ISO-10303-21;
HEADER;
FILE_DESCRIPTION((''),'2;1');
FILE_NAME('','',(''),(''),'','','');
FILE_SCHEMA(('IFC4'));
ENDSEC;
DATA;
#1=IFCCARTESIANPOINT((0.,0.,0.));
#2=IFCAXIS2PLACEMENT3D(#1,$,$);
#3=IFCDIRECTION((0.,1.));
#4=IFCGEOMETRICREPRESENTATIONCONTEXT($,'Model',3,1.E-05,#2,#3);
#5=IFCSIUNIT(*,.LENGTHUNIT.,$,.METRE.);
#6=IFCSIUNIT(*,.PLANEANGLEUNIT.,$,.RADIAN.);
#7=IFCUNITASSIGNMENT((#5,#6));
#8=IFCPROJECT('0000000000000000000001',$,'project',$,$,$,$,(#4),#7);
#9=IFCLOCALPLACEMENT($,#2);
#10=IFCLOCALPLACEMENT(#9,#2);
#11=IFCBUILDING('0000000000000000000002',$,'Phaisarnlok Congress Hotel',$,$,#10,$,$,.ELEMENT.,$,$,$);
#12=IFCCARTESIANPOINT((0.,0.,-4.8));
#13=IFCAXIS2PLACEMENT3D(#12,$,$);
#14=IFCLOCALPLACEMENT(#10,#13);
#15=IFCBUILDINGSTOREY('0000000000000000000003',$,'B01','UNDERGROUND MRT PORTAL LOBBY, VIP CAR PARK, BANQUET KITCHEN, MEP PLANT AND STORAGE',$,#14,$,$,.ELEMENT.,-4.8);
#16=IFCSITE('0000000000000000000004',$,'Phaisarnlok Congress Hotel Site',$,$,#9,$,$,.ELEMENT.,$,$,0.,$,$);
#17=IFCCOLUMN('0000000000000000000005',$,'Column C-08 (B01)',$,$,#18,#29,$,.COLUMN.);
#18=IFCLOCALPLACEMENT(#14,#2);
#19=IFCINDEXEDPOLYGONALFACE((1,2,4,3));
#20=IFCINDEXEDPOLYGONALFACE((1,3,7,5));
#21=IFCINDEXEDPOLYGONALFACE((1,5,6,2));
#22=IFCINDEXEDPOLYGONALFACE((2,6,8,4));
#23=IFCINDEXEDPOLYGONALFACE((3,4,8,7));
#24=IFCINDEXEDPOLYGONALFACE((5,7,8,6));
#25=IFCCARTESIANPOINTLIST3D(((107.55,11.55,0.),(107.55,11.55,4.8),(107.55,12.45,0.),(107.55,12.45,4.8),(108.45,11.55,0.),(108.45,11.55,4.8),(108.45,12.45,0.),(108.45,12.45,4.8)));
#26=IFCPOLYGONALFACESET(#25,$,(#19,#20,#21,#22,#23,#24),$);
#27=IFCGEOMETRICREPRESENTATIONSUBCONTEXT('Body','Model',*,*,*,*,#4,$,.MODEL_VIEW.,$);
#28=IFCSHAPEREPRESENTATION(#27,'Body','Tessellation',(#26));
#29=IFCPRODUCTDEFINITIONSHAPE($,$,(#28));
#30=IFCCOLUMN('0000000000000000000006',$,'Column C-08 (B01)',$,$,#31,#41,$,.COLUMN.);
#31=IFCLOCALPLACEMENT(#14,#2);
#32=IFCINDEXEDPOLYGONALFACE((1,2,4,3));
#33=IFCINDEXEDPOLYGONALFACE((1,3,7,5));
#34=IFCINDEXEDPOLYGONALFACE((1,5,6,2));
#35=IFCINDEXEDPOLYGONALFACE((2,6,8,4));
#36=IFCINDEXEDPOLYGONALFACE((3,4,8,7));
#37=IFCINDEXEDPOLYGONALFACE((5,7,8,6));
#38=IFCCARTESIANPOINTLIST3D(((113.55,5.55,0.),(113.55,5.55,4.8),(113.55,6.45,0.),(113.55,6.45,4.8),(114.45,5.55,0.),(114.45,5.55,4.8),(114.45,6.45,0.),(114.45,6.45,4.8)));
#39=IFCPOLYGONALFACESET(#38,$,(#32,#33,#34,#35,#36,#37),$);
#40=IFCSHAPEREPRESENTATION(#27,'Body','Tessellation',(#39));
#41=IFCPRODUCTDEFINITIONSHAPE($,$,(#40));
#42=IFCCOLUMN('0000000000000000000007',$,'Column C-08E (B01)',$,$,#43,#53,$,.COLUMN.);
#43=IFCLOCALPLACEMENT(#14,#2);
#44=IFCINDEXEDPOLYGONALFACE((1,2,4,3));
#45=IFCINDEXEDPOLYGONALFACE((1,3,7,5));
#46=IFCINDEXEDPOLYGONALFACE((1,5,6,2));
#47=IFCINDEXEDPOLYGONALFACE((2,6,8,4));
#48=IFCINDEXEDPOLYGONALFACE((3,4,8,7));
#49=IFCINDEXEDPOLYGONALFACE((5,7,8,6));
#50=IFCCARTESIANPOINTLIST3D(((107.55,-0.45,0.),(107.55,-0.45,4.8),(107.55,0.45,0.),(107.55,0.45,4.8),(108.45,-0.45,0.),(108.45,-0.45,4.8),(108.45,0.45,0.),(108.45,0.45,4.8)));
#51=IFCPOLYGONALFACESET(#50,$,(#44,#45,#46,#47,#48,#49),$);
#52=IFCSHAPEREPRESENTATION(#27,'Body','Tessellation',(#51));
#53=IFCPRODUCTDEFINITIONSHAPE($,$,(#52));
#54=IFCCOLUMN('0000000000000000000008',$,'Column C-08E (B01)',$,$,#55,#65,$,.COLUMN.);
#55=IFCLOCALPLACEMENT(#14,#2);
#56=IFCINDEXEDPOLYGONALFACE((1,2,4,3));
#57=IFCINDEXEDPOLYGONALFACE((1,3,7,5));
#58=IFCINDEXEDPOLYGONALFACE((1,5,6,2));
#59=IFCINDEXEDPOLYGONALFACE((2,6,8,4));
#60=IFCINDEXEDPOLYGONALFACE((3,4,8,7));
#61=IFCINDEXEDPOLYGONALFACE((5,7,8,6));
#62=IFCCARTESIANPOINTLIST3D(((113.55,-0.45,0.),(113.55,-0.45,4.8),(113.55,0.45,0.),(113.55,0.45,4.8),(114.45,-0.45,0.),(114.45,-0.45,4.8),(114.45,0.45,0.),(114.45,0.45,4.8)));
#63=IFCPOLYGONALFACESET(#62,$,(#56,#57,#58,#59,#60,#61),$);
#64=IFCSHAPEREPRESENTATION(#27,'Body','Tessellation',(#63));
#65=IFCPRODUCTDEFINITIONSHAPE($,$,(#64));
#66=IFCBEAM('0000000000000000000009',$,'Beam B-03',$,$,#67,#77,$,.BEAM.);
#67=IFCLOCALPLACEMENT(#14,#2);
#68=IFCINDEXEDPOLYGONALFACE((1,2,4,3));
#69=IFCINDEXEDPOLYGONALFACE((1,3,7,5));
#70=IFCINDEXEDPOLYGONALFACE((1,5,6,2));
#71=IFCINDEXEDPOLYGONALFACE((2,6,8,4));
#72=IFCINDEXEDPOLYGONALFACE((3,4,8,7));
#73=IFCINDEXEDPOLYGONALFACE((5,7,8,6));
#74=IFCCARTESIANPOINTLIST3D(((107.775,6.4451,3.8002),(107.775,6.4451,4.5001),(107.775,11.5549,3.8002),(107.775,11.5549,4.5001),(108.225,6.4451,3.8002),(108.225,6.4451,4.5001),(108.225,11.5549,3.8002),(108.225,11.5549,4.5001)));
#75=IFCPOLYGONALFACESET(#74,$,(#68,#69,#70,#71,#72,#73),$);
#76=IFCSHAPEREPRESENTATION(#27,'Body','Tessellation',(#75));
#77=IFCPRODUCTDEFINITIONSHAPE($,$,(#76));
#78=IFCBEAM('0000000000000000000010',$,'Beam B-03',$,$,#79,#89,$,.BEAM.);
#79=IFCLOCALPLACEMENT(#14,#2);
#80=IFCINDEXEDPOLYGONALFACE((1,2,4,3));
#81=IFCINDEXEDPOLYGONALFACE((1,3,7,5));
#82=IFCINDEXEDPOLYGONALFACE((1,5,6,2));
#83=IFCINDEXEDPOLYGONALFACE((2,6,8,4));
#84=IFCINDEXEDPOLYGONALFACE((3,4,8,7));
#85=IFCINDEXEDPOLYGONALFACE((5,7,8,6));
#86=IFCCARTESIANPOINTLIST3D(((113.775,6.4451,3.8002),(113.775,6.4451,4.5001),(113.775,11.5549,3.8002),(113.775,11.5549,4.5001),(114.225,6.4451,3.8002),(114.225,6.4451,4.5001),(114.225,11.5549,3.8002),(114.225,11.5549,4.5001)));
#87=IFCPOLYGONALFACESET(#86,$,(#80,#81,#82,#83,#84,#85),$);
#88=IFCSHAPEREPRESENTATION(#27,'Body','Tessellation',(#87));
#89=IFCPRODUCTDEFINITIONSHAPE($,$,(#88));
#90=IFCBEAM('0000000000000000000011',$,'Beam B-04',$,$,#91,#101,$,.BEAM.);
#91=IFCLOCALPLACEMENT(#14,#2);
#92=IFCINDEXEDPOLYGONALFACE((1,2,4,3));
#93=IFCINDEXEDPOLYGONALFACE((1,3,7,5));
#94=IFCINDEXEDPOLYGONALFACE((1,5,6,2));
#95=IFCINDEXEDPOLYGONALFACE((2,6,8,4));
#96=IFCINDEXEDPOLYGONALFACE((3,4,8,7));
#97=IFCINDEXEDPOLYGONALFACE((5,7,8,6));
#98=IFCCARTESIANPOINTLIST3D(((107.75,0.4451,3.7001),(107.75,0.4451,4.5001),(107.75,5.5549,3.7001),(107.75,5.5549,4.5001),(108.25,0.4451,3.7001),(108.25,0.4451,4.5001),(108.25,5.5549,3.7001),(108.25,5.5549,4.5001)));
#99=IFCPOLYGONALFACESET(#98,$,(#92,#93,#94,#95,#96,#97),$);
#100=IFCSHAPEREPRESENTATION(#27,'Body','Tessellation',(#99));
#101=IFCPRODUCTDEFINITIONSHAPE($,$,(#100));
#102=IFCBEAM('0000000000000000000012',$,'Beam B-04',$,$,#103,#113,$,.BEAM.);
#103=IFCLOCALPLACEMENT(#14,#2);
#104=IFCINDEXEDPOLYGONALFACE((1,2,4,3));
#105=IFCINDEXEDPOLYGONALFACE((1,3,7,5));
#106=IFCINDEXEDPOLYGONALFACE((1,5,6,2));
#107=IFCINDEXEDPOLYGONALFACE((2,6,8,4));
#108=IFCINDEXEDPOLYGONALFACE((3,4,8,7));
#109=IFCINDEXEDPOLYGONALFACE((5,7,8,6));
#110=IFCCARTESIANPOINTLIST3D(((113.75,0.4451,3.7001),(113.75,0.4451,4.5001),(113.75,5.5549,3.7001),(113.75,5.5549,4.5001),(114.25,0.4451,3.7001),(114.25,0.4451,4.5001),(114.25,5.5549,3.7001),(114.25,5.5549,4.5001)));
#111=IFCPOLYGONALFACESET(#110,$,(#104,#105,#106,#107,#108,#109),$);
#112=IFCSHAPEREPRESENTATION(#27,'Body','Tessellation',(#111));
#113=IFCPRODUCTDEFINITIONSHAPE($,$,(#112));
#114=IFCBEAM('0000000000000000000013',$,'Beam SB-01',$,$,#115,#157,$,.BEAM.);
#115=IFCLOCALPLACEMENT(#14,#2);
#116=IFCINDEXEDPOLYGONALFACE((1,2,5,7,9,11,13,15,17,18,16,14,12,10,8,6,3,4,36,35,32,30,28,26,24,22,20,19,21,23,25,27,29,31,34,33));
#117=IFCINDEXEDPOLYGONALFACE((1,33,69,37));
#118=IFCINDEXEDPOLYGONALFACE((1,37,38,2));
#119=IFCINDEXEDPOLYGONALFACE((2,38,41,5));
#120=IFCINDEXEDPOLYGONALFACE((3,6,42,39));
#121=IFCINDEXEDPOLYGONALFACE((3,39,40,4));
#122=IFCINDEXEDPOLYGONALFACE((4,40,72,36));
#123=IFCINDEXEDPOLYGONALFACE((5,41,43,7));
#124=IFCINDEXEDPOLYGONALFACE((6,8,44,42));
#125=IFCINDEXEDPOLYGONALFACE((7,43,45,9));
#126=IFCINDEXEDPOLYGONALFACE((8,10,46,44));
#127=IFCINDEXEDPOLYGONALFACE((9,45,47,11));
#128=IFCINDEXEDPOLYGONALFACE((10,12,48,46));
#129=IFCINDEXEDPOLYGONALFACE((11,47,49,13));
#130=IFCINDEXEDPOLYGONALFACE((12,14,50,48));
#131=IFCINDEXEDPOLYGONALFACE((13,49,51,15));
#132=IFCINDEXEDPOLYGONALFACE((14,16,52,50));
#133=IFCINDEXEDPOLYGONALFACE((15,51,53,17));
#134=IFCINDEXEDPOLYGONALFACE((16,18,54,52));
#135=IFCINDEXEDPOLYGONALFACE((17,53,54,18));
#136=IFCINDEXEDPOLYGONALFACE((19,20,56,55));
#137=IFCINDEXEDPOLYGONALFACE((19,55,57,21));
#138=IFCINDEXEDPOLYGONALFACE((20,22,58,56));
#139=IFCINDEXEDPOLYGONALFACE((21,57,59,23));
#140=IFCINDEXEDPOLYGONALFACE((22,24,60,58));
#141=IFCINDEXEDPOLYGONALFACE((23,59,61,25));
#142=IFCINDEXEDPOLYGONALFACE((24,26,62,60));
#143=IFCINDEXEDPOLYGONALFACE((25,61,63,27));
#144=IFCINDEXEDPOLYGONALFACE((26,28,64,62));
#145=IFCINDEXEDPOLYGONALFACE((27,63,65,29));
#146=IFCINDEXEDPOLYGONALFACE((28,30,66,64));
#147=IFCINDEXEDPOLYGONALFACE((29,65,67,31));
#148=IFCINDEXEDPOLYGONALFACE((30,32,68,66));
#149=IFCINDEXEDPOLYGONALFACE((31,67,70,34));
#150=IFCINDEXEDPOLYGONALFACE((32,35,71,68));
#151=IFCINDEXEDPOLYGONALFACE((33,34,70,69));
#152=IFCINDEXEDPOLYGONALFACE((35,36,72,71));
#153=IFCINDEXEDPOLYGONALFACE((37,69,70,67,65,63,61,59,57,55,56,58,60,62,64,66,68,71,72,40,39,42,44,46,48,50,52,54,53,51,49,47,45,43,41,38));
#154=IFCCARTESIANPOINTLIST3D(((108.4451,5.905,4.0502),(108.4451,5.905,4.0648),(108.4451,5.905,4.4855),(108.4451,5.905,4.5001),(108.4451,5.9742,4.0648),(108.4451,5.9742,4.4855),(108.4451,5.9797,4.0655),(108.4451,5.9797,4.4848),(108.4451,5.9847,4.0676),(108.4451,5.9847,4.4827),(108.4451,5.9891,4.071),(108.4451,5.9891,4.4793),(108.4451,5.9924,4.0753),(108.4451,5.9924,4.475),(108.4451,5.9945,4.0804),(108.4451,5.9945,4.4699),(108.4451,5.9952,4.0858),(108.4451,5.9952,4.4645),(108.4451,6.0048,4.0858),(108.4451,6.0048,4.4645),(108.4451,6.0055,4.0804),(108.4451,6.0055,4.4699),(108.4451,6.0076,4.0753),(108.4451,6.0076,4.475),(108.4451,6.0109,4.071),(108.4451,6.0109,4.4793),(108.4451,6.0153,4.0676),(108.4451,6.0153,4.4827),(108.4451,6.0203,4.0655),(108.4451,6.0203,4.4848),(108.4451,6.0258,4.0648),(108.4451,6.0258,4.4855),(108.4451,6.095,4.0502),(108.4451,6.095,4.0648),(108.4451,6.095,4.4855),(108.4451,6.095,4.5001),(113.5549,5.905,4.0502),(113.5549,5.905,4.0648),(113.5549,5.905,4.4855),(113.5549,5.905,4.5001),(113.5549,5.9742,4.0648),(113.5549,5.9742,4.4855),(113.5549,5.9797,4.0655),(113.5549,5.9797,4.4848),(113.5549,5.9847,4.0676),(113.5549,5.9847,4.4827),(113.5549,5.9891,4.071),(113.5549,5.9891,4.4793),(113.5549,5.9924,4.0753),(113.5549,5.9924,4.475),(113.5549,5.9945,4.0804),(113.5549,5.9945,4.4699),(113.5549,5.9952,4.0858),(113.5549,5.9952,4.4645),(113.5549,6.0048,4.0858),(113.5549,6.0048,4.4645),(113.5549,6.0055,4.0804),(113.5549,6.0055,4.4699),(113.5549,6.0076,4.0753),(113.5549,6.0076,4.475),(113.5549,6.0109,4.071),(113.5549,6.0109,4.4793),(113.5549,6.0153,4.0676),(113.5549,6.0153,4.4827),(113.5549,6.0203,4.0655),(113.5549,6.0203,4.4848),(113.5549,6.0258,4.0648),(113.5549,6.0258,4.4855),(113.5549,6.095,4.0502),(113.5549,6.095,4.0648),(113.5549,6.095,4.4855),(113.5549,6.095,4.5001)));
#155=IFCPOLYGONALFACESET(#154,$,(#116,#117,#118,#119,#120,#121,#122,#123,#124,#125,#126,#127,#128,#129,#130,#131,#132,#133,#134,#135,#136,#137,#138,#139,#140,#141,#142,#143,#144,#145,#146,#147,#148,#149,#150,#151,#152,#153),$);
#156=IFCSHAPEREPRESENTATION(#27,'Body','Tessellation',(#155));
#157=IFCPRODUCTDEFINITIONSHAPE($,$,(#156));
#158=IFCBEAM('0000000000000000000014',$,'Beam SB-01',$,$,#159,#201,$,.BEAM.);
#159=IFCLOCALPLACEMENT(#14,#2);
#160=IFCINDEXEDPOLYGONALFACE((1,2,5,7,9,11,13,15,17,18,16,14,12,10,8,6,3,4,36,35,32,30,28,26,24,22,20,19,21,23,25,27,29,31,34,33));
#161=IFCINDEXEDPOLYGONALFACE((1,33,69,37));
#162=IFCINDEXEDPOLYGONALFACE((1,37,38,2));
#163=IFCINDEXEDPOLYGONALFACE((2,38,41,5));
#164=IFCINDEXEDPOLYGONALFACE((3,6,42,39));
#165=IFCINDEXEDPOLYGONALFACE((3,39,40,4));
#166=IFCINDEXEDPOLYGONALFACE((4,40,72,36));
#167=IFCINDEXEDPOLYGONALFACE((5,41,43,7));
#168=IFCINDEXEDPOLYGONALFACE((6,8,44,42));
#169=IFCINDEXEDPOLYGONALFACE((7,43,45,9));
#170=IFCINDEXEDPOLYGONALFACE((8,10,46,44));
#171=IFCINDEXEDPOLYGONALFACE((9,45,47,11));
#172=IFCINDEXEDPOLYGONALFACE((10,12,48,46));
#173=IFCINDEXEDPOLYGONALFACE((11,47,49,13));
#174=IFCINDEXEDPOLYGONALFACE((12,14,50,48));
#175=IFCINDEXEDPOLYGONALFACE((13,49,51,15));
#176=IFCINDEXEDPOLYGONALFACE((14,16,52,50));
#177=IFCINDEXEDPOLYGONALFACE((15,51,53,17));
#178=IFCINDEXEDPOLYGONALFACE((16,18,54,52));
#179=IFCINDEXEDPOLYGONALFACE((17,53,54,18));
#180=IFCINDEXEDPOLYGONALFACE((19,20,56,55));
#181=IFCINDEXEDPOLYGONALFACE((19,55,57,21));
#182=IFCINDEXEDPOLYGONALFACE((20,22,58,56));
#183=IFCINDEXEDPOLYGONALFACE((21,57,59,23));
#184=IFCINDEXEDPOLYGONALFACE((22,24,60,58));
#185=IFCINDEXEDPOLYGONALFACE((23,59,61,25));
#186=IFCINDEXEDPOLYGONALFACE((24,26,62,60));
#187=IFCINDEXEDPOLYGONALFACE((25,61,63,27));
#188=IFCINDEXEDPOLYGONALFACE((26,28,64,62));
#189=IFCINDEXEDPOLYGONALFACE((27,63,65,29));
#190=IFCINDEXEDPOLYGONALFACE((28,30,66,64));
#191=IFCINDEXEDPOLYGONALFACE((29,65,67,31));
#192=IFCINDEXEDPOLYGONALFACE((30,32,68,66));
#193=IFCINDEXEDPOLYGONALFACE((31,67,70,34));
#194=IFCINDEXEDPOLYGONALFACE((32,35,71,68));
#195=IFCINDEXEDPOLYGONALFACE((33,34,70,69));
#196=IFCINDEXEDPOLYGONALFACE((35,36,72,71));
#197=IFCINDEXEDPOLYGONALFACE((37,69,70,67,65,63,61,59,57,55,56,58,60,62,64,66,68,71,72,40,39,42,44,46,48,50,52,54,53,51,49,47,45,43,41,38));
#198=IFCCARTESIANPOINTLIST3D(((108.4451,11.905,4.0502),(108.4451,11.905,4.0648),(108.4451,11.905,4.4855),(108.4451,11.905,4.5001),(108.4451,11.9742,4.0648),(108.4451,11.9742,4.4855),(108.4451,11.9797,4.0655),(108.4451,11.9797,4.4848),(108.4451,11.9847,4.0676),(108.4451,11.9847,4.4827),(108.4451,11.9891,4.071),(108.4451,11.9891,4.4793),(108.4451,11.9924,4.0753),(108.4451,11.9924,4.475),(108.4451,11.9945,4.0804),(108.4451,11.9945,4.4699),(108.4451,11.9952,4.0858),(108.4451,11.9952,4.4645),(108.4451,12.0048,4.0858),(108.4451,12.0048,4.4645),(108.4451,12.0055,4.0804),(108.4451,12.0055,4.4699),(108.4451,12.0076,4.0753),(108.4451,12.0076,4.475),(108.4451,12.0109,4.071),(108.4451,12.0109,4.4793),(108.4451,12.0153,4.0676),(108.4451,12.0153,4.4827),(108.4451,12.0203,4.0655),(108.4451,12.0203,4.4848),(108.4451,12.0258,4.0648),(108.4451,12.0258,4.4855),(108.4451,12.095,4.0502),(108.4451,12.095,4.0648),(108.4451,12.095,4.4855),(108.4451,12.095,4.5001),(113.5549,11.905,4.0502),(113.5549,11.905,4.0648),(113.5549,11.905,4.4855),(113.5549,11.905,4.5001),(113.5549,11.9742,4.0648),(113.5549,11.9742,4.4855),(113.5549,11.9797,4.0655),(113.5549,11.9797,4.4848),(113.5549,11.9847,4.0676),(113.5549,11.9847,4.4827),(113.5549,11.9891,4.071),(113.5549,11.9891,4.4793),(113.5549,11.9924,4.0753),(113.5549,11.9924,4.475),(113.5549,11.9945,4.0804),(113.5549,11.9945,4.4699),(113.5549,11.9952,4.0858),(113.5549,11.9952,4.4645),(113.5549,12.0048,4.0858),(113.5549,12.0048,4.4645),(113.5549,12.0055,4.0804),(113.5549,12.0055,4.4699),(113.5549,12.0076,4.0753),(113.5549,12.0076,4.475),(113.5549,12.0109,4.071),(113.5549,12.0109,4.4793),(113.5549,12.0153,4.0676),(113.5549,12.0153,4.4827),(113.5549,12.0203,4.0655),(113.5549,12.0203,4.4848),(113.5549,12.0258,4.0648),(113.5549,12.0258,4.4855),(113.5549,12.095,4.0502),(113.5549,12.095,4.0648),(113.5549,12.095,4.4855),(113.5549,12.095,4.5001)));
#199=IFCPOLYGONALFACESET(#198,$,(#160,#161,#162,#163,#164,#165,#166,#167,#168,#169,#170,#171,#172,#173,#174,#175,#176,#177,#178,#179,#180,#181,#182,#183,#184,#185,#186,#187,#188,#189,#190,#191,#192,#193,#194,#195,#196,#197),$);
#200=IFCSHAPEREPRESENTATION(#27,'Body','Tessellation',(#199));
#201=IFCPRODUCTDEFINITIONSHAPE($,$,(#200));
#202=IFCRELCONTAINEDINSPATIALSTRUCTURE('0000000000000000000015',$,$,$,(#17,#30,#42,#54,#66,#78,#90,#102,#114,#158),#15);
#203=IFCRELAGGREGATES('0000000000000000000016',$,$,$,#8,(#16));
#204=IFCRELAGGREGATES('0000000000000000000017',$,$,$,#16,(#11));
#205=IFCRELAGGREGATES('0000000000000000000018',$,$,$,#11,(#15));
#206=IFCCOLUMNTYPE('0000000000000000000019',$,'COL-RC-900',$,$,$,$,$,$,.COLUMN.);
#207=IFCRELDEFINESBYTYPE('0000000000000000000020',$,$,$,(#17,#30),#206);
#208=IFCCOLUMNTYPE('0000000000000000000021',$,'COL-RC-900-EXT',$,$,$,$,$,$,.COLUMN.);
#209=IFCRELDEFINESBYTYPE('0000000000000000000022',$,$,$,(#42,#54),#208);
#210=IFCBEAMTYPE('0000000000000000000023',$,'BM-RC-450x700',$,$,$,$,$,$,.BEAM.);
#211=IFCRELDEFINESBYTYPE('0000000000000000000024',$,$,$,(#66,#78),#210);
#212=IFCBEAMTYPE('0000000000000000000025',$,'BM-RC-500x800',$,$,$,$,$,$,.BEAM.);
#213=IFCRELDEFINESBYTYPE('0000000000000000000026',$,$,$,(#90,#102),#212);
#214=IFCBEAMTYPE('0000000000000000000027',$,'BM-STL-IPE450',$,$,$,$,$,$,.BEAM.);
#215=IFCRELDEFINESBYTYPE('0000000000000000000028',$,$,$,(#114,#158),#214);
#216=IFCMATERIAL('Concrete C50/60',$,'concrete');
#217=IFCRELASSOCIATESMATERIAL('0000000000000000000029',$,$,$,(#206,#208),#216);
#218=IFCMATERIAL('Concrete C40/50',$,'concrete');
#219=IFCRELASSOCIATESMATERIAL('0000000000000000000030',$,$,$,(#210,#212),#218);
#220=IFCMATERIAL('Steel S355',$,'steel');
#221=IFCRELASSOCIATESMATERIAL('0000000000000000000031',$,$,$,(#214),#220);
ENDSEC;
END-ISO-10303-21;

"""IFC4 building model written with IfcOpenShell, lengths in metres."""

from ifc_helpers import new_model, si_unit, direction, frame, origin, origin_2d, place, context, subcontext, project, spatial, rectangle, i_section, extrude, material, material_profile, profile_set, type_object, element, save


model = new_model("IFC4")

# Units and contexts
model_context = context("Model", 3, precision=1e-05, world=origin(), true_north=direction((0.0, 1.0)))
body_context = subcontext(model_context, "Body", "Model", "MODEL_VIEW")
ifc_project = project(units=[si_unit("LENGTHUNIT", "METRE"), si_unit("PLANEANGLEUNIT", "RADIAN")], contexts=[model_context])

# Site, building, storey
site_placement = place(None, origin())
site = spatial("IfcSite", under=ifc_project, at=site_placement, Name="Phaisarnlok Congress Hotel Site", CompositionType="ELEMENT", RefElevation=0.0)
building_placement = place(site_placement, origin())
building = spatial("IfcBuilding", under=site, at=building_placement, Name="Phaisarnlok Congress Hotel", CompositionType="ELEMENT")
storey_placement = place(building_placement, frame((0.0, 0.0, -4.8)))
storey = spatial("IfcBuildingStorey", under=building, at=storey_placement, Name="B01", Description="UNDERGROUND MRT PORTAL LOBBY, VIP CAR PARK, BANQUET KITCHEN, MEP PLANT AND STORAGE", CompositionType="ELEMENT", Elevation=-4.8)

# Shared definitions
ifc_material_1 = material(Name="Concrete C40/50", Category="concrete")

# Columns
ifc_material_2 = material(Name="Concrete C50/60", Category="concrete")
ifc_material_profile_1 = material_profile(ifc_material_2, rectangle(XDim=0.8999, YDim=0.8999, at=origin_2d()), Name="RC 900x900")
ifc_profile_set_1 = profile_set([ifc_material_profile_1], Name="Concrete C50/60")
column_type_1 = type_object("IfcColumnType", Name="COL-RC-900", PredefinedType="COLUMN", material=ifc_profile_set_1)
for number, where, z_axis, x_axis, name in (
    (1, (108.0, 12.0, 0.0), (0.0, 0.0, 1.0), (1.0, 0.0, 0.0), "Column C-08 (B01)"),
    (2, (114.0, 6.0, 0.0), (0.0, 0.0, 1.0), (1.0, 0.0, 0.0), "Column C-08 (B01)"),
):
    element("IfcColumn", number, at=place(storey_placement, frame(where, z_axis=z_axis, x_axis=x_axis)), inside=storey, type_object=column_type_1, Name=name, PredefinedType="COLUMN", context=body_context, shape_type="SweptSolid", body=[
        extrude(rectangle(XDim=0.8999, YDim=0.8999, at=origin_2d()), origin(), (0.0, 0.0, 1.0), 4.8),
    ])
ifc_material_profile_2 = material_profile(ifc_material_2, rectangle(XDim=0.8999, YDim=0.8999, at=origin_2d()), Name="RC 900x900")
ifc_profile_set_2 = profile_set([ifc_material_profile_2], Name="Concrete C50/60")
column_type_2 = type_object("IfcColumnType", Name="COL-RC-900-EXT", PredefinedType="COLUMN", material=ifc_profile_set_2)
for number, where, z_axis, x_axis, name in (
    (3, (108.0, 0.0, 0.0), (0.0, 0.0, 1.0), (1.0, 0.0, 0.0), "Column C-08E (B01)"),
    (4, (114.0, 0.0, 0.0), (0.0, 0.0, 1.0), (1.0, 0.0, 0.0), "Column C-08E (B01)"),
):
    element("IfcColumn", number, at=place(storey_placement, frame(where, z_axis=z_axis, x_axis=x_axis)), inside=storey, type_object=column_type_2, Name=name, PredefinedType="COLUMN", context=body_context, shape_type="SweptSolid", body=[
        extrude(rectangle(XDim=0.8999, YDim=0.8999, at=origin_2d()), origin(), (0.0, 0.0, 1.0), 4.8),
    ])

# Beams
ifc_material_profile_3 = material_profile(ifc_material_1, rectangle(XDim=0.45, YDim=0.7, at=origin_2d()), Name="RC 450x700")
ifc_profile_set_3 = profile_set([ifc_material_profile_3], Name="Concrete C40/50")
beam_type_1 = type_object("IfcBeamType", Name="BM-RC-450x700", PredefinedType="BEAM", material=ifc_profile_set_3)
for number, where, z_axis, x_axis, name in (
    (5, (108.0, 6.4451, 4.1501), (0.0, 1.0, 0.0), (-1.0, 0.0, 0.0), "Beam B-03"),
    (6, (114.0, 6.4451, 4.1501), (0.0, 1.0, 0.0), (-1.0, 0.0, 0.0), "Beam B-03"),
):
    element("IfcBeam", number, at=place(storey_placement, frame(where, z_axis=z_axis, x_axis=x_axis)), inside=storey, type_object=beam_type_1, Name=name, PredefinedType="BEAM", context=body_context, shape_type="SweptSolid", body=[
        extrude(rectangle(XDim=0.45, YDim=0.7, at=origin_2d()), origin(), (0.0, 0.0, 1.0), 5.1099),
    ])
ifc_material_profile_4 = material_profile(ifc_material_1, rectangle(XDim=0.5, YDim=0.8, at=origin_2d()), Name="RC 500x800")
ifc_profile_set_4 = profile_set([ifc_material_profile_4], Name="Concrete C40/50")
beam_type_2 = type_object("IfcBeamType", Name="BM-RC-500x800", PredefinedType="BEAM", material=ifc_profile_set_4)
for number, where, z_axis, x_axis, name in (
    (7, (108.0, 0.4451, 4.1001), (0.0, 1.0, 0.0), (-1.0, 0.0, 0.0), "Beam B-04"),
    (8, (114.0, 0.4451, 4.1001), (0.0, 1.0, 0.0), (-1.0, 0.0, 0.0), "Beam B-04"),
):
    element("IfcBeam", number, at=place(storey_placement, frame(where, z_axis=z_axis, x_axis=x_axis)), inside=storey, type_object=beam_type_2, Name=name, PredefinedType="BEAM", context=body_context, shape_type="SweptSolid", body=[
        extrude(rectangle(XDim=0.5, YDim=0.8, at=origin_2d()), origin(), (0.0, 0.0, 1.0), 5.1099),
    ])
ifc_material_3 = material(Name="Steel S355", Category="steel")
ifc_material_profile_5 = material_profile(ifc_material_3, i_section(OverallWidth=0.1899, OverallDepth=0.45, WebThickness=0.0095, FlangeThickness=0.0146, FilletRadius=0.021, at=origin_2d()), Name="IPE 450")
ifc_profile_set_5 = profile_set([ifc_material_profile_5], Name="Steel S355")
beam_type_3 = type_object("IfcBeamType", Name="BM-STL-IPE450", PredefinedType="BEAM", material=ifc_profile_set_5)
for number, where, z_axis, x_axis, name in (
    (9, (108.4451, 6.0, 4.2751), (1.0, 0.0, 0.0), (0.0, 1.0, 0.0), "Beam SB-01"),
    (10, (108.4451, 12.0, 4.2751), (1.0, 0.0, 0.0), (0.0, 1.0, 0.0), "Beam SB-01"),
):
    element("IfcBeam", number, at=place(storey_placement, frame(where, z_axis=z_axis, x_axis=x_axis)), inside=storey, type_object=beam_type_3, Name=name, PredefinedType="BEAM", context=body_context, shape_type="SweptSolid", body=[
        extrude(i_section(OverallWidth=0.1899, OverallDepth=0.45, WebThickness=0.0095, FlangeThickness=0.0146, FilletRadius=0.021, at=origin_2d()), origin(), (0.0, 0.0, 1.0), 5.1099),
    ])

save(model, "model.ifc")
